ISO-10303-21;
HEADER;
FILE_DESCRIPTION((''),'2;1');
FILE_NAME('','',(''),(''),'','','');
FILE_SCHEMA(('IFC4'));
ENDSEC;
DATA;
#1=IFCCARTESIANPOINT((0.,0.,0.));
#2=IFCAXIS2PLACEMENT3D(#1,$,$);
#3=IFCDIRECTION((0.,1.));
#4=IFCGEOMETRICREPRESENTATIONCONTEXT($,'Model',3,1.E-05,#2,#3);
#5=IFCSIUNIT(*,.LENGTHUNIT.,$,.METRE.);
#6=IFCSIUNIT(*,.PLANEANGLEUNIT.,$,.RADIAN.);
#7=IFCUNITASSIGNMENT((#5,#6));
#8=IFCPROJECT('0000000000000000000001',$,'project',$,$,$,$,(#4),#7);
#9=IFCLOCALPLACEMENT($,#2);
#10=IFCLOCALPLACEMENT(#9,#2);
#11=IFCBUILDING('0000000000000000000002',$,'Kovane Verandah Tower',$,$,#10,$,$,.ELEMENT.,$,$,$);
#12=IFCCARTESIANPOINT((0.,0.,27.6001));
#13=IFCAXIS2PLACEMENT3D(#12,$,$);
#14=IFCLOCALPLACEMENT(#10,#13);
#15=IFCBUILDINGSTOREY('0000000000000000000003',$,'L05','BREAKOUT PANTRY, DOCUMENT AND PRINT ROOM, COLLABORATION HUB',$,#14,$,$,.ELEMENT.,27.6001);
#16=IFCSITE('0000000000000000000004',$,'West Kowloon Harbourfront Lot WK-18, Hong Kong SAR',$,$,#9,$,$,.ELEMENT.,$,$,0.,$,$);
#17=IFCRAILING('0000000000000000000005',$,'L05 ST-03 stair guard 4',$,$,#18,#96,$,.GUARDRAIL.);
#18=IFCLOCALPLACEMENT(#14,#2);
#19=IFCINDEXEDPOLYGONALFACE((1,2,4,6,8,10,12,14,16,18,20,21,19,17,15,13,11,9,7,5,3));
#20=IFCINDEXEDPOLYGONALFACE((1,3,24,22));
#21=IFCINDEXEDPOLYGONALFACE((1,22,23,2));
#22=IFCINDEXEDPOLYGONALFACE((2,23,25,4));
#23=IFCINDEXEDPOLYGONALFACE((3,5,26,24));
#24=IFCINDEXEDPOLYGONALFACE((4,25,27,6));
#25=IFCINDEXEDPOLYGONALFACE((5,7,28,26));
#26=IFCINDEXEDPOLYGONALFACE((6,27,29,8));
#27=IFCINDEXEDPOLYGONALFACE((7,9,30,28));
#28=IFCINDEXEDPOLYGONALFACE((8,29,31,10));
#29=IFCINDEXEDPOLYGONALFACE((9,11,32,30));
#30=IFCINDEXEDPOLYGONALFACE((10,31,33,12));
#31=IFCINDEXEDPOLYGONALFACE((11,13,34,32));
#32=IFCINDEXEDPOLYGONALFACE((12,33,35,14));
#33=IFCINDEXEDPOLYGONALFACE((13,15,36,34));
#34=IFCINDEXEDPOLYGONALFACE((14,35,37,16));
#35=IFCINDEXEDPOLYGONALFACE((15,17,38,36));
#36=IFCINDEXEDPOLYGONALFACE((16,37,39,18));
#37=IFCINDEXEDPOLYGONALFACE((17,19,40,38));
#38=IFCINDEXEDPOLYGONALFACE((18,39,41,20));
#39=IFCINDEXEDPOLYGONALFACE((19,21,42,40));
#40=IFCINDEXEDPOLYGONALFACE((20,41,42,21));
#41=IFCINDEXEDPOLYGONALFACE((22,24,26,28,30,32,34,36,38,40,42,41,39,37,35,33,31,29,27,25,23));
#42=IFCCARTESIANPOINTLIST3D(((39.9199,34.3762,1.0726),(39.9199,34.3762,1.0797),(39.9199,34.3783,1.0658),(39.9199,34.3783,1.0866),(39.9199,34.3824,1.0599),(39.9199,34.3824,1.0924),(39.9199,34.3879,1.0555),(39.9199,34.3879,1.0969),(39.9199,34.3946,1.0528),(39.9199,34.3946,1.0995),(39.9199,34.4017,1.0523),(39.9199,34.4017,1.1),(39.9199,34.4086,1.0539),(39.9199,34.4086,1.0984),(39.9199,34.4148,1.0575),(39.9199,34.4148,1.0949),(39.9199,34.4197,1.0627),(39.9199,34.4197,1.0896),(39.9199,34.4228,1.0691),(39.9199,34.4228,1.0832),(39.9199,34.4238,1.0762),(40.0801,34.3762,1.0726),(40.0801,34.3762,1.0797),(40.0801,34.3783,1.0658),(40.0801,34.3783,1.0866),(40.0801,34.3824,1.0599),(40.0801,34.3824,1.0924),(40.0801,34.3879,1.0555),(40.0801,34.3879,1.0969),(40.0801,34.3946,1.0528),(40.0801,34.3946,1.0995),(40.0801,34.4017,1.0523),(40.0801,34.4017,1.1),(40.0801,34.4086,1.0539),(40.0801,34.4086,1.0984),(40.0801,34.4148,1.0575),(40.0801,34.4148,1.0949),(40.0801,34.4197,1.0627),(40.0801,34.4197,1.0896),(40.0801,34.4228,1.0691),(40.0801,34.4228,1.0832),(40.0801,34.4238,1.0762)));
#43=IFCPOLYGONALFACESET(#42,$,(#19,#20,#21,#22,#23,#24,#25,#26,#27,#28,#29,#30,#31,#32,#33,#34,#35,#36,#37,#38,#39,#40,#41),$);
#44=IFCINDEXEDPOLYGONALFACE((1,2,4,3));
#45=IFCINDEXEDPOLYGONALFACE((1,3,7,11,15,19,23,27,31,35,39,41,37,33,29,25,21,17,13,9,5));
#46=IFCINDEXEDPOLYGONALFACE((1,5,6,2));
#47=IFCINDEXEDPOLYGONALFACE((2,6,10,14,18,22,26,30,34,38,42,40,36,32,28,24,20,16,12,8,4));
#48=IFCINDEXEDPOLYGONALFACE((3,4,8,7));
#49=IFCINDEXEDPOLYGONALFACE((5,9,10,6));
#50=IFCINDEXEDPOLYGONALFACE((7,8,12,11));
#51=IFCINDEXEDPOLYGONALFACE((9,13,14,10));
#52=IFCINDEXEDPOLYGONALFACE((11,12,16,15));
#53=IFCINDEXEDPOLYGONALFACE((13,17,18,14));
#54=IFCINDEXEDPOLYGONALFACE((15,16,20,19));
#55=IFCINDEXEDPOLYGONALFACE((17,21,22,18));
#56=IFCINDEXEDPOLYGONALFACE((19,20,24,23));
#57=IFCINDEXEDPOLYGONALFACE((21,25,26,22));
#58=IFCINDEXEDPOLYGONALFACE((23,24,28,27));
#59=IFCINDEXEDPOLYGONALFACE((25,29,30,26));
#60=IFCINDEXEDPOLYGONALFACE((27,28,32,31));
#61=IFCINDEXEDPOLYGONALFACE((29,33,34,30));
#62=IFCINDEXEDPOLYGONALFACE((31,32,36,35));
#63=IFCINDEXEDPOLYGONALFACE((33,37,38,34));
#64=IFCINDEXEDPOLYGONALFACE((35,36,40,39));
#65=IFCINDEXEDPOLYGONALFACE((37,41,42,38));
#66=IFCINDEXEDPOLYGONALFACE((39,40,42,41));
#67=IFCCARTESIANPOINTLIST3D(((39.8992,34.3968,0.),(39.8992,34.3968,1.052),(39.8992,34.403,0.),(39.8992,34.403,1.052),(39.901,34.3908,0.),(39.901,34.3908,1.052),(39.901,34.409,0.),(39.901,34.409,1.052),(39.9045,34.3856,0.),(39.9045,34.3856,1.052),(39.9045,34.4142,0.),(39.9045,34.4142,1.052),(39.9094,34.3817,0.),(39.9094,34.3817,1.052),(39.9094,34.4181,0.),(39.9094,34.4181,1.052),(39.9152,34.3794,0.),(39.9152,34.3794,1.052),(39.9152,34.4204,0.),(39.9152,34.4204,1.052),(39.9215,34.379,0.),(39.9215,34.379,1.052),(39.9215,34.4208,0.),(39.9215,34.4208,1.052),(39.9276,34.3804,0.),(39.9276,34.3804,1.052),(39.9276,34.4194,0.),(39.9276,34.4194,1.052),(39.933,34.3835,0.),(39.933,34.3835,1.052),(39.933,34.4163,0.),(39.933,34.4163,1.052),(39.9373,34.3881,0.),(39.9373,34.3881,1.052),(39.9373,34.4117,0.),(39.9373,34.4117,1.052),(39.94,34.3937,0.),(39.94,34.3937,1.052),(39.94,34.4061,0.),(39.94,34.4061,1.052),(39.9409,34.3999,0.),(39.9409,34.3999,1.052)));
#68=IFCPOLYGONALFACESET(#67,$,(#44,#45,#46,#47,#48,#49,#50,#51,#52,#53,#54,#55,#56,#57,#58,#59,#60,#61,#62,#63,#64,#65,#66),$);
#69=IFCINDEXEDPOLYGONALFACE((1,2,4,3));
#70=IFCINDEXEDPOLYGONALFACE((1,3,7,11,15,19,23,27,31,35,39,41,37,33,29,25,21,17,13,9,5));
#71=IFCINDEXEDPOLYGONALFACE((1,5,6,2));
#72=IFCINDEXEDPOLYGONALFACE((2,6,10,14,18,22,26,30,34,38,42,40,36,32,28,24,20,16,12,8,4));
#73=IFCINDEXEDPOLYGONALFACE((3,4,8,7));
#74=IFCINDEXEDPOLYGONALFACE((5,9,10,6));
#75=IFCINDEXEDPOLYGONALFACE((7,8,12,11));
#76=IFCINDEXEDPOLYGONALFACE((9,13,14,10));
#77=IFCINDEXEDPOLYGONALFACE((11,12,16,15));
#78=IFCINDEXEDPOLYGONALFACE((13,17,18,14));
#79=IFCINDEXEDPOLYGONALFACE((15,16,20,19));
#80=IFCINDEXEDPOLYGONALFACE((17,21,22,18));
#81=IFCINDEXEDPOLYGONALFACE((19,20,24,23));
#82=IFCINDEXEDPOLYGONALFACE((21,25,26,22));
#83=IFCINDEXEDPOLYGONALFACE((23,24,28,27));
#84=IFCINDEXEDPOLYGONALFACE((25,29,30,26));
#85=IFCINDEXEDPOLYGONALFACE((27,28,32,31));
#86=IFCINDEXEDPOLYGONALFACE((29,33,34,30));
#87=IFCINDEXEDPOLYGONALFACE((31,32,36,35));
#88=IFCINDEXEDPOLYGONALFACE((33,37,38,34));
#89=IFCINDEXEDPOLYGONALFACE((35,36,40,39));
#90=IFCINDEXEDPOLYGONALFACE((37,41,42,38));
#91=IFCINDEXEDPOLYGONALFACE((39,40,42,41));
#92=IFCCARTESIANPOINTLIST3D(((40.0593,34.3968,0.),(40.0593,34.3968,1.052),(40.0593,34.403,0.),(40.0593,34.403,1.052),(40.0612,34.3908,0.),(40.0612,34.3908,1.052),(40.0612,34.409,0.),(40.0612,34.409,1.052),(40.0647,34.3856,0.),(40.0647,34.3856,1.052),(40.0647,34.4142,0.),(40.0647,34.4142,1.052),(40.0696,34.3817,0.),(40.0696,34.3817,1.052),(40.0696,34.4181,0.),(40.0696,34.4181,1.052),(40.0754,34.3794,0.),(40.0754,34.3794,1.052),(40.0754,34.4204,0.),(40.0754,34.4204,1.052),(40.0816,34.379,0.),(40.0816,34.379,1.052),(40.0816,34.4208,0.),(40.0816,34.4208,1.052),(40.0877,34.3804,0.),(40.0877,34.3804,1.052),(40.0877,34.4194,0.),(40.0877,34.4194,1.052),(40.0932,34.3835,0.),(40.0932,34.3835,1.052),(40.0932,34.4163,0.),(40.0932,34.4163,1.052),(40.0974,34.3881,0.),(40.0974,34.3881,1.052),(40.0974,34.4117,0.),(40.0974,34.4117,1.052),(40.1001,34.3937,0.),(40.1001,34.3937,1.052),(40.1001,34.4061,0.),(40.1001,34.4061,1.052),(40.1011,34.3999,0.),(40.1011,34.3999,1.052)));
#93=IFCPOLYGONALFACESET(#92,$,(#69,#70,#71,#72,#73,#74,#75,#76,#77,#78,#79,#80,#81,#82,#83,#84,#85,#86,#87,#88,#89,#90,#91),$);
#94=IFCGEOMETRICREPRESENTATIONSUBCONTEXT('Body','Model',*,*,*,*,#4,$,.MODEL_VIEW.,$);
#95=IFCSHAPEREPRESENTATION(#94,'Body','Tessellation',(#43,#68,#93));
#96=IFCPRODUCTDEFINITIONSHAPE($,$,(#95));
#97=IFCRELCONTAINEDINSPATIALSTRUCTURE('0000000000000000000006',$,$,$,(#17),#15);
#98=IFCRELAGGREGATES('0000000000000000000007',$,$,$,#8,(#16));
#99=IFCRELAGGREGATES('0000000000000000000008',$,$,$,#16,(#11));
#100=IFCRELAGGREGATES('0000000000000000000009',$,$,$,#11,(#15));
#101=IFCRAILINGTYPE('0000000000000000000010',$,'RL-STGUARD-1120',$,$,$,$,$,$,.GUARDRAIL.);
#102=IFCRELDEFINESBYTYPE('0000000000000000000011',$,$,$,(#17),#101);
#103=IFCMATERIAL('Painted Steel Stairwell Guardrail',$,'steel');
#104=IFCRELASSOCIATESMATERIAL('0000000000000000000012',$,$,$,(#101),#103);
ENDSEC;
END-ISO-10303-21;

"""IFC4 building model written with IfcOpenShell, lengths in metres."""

from ifc_helpers import new_model, si_unit, direction, frame, origin, origin_2d, place, context, subcontext, project, spatial, circle, extrude, material, type_object, element, save


model = new_model("IFC4")

# Units and contexts
model_context = context("Model", 3, precision=1e-05, world=origin(), true_north=direction((0.0, 1.0)))
body_context = subcontext(model_context, "Body", "Model", "MODEL_VIEW")
ifc_project = project(units=[si_unit("LENGTHUNIT", "METRE"), si_unit("PLANEANGLEUNIT", "RADIAN")], contexts=[model_context])

# Site, building, storey
site_placement = place(None, origin())
site = spatial("IfcSite", under=ifc_project, at=site_placement, Name="West Kowloon Harbourfront Lot WK-18, Hong Kong SAR", CompositionType="ELEMENT", RefElevation=0.0)
building_placement = place(site_placement, origin())
building = spatial("IfcBuilding", under=site, at=building_placement, Name="Kovane Verandah Tower", CompositionType="ELEMENT")
storey_placement = place(building_placement, frame((0.0, 0.0, 27.6001)))
storey = spatial("IfcBuildingStorey", under=building, at=storey_placement, Name="L05", Description="BREAKOUT PANTRY, DOCUMENT AND PRINT ROOM, COLLABORATION HUB", CompositionType="ELEMENT", Elevation=27.6001)

# Railing
ifc_material_1 = material(Name="Painted Steel Stairwell Guardrail", Category="steel")
railing_type = type_object("IfcRailingType", Name="RL-STGUARD-1120", PredefinedType="GUARDRAIL", material=ifc_material_1)
railing_1_placement = place(storey_placement, frame((39.9199, 34.3999, 0.0)))
element("IfcRailing", 1, at=railing_1_placement, inside=storey, type_object=railing_type, Name="L05 ST-03 stair guard 4", PredefinedType="GUARDRAIL", context=body_context, shape_type="SweptSolid", body=[
    extrude(circle(Radius=0.0239, at=origin_2d()), frame((0.0, 0.0, 1.0762), z_axis=(1.0, 0.0, 0.0), x_axis=(0.0, 1.0, 0.0)), (0.0, 0.0, 1.0), 0.1602),
    extrude(circle(Radius=0.021, at=origin_2d()), origin(), (0.0, 0.0, 1.0), 1.052),
    extrude(circle(Radius=0.021, at=origin_2d()), frame((0.1602, 0.0, 0.0)), (0.0, 0.0, 1.0), 1.052),
])

save(model, "model.ifc")
